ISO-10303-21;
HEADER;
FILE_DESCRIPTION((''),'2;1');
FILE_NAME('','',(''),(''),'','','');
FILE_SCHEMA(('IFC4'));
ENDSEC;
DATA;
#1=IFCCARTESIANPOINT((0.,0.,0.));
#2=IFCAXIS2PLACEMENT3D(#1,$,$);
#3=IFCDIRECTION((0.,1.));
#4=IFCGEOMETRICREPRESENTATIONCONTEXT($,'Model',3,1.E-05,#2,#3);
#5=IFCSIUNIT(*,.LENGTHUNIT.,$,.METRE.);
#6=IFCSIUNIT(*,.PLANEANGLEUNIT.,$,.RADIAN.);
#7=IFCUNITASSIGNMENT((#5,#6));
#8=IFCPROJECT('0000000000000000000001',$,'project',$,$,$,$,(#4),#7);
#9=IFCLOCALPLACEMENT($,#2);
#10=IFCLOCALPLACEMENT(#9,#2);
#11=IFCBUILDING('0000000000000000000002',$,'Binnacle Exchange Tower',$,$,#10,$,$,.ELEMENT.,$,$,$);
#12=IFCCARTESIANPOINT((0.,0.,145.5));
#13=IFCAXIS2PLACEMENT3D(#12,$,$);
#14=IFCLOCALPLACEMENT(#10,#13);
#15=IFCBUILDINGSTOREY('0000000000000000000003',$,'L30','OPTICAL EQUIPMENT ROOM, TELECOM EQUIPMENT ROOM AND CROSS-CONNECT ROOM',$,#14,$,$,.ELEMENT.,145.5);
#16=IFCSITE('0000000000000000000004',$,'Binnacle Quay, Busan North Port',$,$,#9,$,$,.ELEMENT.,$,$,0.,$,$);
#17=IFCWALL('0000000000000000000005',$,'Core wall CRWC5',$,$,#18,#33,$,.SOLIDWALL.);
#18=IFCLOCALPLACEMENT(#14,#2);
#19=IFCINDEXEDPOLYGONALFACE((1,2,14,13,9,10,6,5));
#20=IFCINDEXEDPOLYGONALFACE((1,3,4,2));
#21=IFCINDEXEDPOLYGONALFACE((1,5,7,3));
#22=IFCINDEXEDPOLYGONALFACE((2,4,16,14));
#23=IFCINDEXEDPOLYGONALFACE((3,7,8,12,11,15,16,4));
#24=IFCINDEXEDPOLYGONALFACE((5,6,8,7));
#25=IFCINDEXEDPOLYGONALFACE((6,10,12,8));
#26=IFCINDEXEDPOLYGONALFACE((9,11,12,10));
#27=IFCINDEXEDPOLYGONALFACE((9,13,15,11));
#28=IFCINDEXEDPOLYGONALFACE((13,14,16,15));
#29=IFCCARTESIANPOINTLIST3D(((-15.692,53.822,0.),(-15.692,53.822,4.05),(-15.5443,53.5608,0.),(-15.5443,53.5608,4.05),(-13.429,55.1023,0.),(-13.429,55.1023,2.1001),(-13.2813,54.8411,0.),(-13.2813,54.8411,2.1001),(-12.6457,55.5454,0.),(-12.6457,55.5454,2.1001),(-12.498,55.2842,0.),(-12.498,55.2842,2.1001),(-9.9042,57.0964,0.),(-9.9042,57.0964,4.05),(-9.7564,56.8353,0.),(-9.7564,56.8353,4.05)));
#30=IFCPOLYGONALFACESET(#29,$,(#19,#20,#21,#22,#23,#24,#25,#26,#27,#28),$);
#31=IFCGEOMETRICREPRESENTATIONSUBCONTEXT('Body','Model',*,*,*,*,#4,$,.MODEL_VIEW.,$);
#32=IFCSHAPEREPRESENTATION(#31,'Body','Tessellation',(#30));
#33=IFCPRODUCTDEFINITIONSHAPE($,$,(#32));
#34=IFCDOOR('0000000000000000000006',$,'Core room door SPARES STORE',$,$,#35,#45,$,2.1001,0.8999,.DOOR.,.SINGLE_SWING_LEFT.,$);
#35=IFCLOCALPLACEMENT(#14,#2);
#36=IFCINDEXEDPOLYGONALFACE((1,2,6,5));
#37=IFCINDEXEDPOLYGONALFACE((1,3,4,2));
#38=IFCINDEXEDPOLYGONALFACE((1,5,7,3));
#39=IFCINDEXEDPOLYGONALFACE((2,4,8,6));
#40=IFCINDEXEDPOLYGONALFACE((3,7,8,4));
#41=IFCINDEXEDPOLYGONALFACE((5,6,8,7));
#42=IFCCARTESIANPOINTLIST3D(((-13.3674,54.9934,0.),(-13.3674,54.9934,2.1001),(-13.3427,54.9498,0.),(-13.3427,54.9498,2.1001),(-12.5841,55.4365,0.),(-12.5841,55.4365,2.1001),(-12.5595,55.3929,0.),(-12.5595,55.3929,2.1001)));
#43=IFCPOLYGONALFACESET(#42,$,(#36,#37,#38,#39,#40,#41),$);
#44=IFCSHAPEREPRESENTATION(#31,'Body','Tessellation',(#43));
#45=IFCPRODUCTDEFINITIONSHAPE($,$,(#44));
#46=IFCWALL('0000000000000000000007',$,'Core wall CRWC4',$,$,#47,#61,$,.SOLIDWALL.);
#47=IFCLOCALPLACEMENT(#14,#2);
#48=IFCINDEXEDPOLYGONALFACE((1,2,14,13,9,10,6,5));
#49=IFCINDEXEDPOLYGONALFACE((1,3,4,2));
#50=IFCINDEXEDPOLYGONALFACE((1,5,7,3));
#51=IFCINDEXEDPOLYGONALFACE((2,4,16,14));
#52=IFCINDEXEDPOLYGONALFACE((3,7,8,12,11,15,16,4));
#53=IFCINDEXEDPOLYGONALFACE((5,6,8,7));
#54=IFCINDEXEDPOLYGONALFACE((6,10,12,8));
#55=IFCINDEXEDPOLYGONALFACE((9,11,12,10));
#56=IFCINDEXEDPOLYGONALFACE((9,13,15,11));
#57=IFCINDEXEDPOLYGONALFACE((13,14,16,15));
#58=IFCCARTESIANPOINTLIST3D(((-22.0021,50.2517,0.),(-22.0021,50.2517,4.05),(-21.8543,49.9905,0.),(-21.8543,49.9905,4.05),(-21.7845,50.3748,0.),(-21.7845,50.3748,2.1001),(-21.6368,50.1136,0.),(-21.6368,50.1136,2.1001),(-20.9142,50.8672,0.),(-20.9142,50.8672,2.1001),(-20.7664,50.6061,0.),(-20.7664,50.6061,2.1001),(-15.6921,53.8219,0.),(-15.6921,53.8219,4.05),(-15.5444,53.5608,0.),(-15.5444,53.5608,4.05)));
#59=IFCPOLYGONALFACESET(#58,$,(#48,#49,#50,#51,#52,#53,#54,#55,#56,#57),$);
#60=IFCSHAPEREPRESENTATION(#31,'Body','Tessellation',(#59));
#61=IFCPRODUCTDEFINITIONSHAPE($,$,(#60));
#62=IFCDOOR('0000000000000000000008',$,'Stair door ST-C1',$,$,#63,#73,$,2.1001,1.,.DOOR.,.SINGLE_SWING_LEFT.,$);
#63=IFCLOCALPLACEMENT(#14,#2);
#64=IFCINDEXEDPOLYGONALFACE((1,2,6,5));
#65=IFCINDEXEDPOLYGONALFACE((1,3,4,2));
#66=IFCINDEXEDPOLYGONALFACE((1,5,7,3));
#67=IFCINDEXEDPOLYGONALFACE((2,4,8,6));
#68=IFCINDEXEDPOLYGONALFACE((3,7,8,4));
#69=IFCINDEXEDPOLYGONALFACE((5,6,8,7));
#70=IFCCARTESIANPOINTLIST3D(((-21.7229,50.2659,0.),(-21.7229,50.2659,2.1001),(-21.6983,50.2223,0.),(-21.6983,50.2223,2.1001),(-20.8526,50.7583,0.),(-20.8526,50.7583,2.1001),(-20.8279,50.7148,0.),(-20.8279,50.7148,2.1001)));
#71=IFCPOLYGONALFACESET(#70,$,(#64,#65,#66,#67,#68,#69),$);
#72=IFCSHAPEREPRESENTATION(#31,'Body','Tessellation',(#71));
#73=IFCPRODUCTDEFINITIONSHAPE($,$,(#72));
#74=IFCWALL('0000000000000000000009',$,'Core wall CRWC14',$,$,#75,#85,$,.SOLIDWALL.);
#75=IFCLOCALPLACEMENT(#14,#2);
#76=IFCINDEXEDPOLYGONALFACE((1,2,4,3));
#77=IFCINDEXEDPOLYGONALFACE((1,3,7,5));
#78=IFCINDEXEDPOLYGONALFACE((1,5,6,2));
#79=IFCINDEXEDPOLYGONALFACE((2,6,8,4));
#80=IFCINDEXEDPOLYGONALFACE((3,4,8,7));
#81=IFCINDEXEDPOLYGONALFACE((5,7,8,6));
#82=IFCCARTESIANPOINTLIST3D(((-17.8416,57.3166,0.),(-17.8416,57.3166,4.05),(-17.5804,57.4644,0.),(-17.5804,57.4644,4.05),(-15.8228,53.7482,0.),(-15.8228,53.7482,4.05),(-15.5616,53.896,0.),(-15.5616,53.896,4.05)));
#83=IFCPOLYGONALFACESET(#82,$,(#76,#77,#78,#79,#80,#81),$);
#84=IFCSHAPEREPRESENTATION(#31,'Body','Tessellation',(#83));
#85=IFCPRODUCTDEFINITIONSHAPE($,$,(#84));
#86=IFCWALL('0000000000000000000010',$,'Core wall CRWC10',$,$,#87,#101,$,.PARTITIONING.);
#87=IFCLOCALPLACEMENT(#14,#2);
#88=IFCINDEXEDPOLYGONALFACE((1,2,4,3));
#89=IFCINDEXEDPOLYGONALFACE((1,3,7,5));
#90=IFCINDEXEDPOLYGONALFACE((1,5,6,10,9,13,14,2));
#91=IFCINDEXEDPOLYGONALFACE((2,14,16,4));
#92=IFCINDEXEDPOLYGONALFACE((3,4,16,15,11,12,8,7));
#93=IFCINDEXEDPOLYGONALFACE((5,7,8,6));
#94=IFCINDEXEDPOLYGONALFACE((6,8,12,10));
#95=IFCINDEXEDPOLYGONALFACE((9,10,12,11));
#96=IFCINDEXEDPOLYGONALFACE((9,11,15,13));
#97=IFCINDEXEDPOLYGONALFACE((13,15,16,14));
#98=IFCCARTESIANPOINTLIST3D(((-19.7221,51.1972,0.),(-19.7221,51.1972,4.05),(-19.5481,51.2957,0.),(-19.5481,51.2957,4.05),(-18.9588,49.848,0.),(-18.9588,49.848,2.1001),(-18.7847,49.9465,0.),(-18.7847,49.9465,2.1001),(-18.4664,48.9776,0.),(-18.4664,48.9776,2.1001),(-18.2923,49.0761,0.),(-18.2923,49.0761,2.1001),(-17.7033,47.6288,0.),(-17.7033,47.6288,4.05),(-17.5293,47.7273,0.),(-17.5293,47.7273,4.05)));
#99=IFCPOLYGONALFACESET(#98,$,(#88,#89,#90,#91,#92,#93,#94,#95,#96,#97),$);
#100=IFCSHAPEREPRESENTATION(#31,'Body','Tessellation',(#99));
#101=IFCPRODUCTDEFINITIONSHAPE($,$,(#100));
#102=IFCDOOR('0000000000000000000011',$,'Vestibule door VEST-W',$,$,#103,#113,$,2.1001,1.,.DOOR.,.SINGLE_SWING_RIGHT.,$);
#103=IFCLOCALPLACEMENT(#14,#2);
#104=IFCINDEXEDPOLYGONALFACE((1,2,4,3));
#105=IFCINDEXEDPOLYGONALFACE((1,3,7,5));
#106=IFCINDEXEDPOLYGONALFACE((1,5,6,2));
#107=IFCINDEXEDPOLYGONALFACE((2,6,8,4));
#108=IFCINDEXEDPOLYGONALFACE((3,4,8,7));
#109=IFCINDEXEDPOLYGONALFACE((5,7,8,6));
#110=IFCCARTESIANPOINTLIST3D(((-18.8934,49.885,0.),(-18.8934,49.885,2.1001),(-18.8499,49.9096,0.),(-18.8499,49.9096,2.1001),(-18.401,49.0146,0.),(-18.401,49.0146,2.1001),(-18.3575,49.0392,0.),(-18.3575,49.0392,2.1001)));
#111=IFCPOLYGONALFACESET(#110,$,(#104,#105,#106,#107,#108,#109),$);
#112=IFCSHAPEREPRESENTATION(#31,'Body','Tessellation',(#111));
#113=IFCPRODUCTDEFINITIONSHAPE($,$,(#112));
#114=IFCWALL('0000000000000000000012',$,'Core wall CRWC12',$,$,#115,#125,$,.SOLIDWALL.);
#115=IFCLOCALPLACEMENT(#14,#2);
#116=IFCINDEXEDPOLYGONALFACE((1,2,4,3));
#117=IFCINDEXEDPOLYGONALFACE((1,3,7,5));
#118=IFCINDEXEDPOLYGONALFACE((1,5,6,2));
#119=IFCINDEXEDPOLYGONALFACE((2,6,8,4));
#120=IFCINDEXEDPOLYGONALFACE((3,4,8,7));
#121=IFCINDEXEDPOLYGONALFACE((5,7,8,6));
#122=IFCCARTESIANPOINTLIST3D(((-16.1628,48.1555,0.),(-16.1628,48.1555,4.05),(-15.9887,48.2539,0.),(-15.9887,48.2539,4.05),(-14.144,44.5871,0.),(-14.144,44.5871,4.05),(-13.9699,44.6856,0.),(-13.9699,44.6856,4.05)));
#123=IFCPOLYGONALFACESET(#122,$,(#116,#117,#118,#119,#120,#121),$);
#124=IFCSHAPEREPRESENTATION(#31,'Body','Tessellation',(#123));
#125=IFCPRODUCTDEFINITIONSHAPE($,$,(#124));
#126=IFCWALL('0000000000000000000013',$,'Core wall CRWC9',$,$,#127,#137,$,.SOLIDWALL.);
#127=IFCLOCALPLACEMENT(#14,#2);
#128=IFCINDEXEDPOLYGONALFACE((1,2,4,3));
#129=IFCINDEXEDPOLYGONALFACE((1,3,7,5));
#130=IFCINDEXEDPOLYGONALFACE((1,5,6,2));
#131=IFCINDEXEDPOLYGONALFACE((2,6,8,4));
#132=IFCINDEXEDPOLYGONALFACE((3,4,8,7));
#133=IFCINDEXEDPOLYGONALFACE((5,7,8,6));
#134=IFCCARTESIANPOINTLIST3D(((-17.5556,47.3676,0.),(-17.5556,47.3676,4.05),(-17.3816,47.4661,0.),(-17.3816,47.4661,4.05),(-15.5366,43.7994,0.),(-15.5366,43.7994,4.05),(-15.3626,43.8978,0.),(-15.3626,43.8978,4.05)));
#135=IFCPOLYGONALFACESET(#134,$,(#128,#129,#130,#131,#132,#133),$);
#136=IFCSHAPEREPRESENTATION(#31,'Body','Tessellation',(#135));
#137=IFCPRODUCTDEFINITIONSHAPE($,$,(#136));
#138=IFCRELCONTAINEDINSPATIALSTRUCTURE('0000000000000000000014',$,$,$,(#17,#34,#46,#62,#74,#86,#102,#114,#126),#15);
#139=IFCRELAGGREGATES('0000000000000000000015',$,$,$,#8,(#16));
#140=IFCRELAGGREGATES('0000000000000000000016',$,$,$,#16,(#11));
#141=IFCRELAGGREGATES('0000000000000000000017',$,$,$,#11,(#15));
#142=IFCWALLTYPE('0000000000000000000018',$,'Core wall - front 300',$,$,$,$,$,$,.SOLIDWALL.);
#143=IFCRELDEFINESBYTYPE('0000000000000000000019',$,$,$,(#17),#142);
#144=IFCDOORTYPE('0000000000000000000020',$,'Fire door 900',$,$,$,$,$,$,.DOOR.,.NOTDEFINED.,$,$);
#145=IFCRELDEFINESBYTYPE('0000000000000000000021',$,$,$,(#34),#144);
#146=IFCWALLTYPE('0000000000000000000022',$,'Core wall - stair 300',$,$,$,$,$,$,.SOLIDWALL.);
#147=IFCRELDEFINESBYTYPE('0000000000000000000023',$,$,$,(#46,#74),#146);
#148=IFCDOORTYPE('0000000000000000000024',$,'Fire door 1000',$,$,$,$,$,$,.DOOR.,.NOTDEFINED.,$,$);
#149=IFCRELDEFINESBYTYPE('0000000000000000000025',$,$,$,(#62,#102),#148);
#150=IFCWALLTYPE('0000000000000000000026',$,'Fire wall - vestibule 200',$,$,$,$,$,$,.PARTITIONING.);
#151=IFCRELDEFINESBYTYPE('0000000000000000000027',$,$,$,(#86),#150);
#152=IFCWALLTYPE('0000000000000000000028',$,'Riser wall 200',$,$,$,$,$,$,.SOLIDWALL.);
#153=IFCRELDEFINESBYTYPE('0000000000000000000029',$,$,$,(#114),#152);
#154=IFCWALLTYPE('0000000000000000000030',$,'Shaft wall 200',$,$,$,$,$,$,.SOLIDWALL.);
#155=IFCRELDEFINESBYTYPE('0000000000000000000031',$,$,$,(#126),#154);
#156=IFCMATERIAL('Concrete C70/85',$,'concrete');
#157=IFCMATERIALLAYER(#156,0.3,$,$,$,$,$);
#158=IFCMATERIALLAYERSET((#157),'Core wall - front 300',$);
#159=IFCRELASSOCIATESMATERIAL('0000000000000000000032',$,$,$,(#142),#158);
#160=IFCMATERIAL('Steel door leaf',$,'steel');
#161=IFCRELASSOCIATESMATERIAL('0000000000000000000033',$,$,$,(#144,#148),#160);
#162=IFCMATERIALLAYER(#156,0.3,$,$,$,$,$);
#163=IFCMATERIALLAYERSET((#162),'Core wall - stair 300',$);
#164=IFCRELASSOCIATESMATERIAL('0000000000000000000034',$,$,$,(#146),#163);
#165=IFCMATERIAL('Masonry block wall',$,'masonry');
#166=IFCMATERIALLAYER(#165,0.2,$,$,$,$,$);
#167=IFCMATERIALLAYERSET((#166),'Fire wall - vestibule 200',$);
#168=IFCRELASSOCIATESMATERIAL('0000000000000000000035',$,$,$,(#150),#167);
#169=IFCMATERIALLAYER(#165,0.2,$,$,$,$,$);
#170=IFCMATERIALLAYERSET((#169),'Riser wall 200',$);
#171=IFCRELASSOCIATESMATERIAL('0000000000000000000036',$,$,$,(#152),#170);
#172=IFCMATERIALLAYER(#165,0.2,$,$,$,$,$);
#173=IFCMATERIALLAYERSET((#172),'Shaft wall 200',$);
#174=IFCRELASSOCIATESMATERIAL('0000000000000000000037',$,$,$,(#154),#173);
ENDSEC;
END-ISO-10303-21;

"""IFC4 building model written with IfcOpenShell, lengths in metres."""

from ifc_helpers import new_model, si_unit, direction, frame, frame_2d, origin, place, context, subcontext, project, spatial, rectangle, extrude, material, layer, layer_set, type_object, element, fill, save


model = new_model("IFC4")

# Units and contexts
model_context = context("Model", 3, precision=1e-05, world=origin(), true_north=direction((0.0, 1.0)))
body_context = subcontext(model_context, "Body", "Model", "MODEL_VIEW")
ifc_project = project(units=[si_unit("LENGTHUNIT", "METRE"), si_unit("PLANEANGLEUNIT", "RADIAN")], contexts=[model_context])

# Site, building, storey
site_placement = place(None, origin())
site = spatial("IfcSite", under=ifc_project, at=site_placement, Name="Binnacle Quay, Busan North Port", CompositionType="ELEMENT", RefElevation=0.0)
building_placement = place(site_placement, origin())
building = spatial("IfcBuilding", under=site, at=building_placement, Name="Binnacle Exchange Tower", CompositionType="ELEMENT")
storey_placement = place(building_placement, frame((0.0, 0.0, 145.5)))
storey = spatial("IfcBuildingStorey", under=building, at=storey_placement, Name="L30", Description="OPTICAL EQUIPMENT ROOM, TELECOM EQUIPMENT ROOM AND CROSS-CONNECT ROOM", CompositionType="ELEMENT", Elevation=145.5)

# Shared definitions
ifc_material_1 = material(Name="Concrete C70/85", Category="concrete")

# Shared definitions
ifc_layer_1 = layer(ifc_material_1, 0.3)
ifc_layer_set_1 = layer_set([ifc_layer_1], Name="Core wall - front 300")
wall_type_1 = type_object("IfcWallType", Name="Core wall - front 300", PredefinedType="SOLIDWALL", material=ifc_layer_set_1)
ifc_material_2 = material(Name="Steel door leaf", Category="steel")
door_type_1 = type_object("IfcDoorType", Name="Fire door 900", OperationType="NOTDEFINED", PredefinedType="DOOR", material=ifc_material_2)

# Walls, openings, doors
wall_1_placement = place(storey_placement, frame((-15.6182, 53.6914, 0.0), z_axis=(0.0, 0.0, 1.0), x_axis=(0.870368, 0.492402, 0.0)))
wall_1 = element("IfcWall", 1, at=wall_1_placement, inside=storey, type_object=wall_type_1, Name="Core wall CRWC5", PredefinedType="SOLIDWALL", context=body_context, shape_type="SweptSolid", body=[
    extrude(rectangle(XDim=6.6499, YDim=0.3, at=frame_2d((3.325, 0.0))), origin(), (0.0, 0.0, 1.0), 4.05),
])
opening_1_placement = place(wall_1_placement, frame((2.6001, 0.0, 0.0)))
opening_1 = element("IfcOpeningElement", 2, at=opening_1_placement, cuts=wall_1, PredefinedType="OPENING", context=body_context, shape_type="SweptSolid", body=[
    extrude(rectangle(XDim=0.8999, YDim=2.1001, at=frame_2d((0.45, 1.05))), frame((0.0, 0.1599, 0.0), z_axis=(0.0, -1.0, 0.0), x_axis=(1.0, 0.0, 0.0)), (0.0, 0.0, 1.0), 0.3201),
])
door_1_placement = place(opening_1_placement, origin())
door_1 = element("IfcDoor", 3, at=door_1_placement, inside=storey, type_object=door_type_1, Name="Core room door SPARES STORE", OperationType="SINGLE_SWING_LEFT", OverallHeight=2.1001, OverallWidth=0.8999, PredefinedType="DOOR", context=body_context, shape_type="SweptSolid", body=[
    extrude(rectangle(XDim=0.8999, YDim=2.1001, at=frame_2d((0.45, 1.05))), frame((0.0, 0.0249, 0.0), z_axis=(0.0, -1.0, 0.0), x_axis=(1.0, 0.0, 0.0)), (0.0, 0.0, 1.0), 0.05),
])
fill(opening_1, door_1)
ifc_layer_2 = layer(ifc_material_1, 0.3)
ifc_layer_set_2 = layer_set([ifc_layer_2], Name="Core wall - stair 300")
wall_type_2 = type_object("IfcWallType", Name="Core wall - stair 300", PredefinedType="SOLIDWALL", material=ifc_layer_set_2)
wall_2_placement = place(storey_placement, frame((-21.9282, 50.1211, 0.0), z_axis=(0.0, 0.0, 1.0), x_axis=(0.870341, 0.49245, 0.0)))
wall_2 = element("IfcWall", 4, at=wall_2_placement, inside=storey, type_object=wall_type_2, Name="Core wall CRWC4", PredefinedType="SOLIDWALL", context=body_context, shape_type="SweptSolid", body=[
    extrude(rectangle(XDim=7.25, YDim=0.3, at=frame_2d((3.625, 0.0))), origin(), (0.0, 0.0, 1.0), 4.05),
])
opening_2_placement = place(wall_2_placement, frame((0.25, 0.0, 0.0)))
opening_2 = element("IfcOpeningElement", 5, at=opening_2_placement, cuts=wall_2, PredefinedType="OPENING", context=body_context, shape_type="SweptSolid", body=[
    extrude(rectangle(XDim=1.0, YDim=2.1001, at=frame_2d((0.5, 1.05))), frame((0.0, 0.1599, 0.0), z_axis=(0.0, -1.0, 0.0), x_axis=(1.0, 0.0, 0.0)), (0.0, 0.0, 1.0), 0.3201),
])
door_type_2 = type_object("IfcDoorType", Name="Fire door 1000", OperationType="NOTDEFINED", PredefinedType="DOOR", material=ifc_material_2)
door_2_placement = place(opening_2_placement, origin())
door_2 = element("IfcDoor", 6, at=door_2_placement, inside=storey, type_object=door_type_2, Name="Stair door ST-C1", OperationType="SINGLE_SWING_LEFT", OverallHeight=2.1001, OverallWidth=1.0, PredefinedType="DOOR", context=body_context, shape_type="SweptSolid", body=[
    extrude(rectangle(XDim=1.0, YDim=2.1001, at=frame_2d((0.5, 1.05))), frame((0.0, 0.0249, 0.0), z_axis=(0.0, -1.0, 0.0), x_axis=(1.0, 0.0, 0.0)), (0.0, 0.0, 1.0), 0.05),
])
fill(opening_2, door_2)

# Wall
wall_3_placement = place(storey_placement, frame((-17.7109, 57.3904, 0.0), z_axis=(0.0, 0.0, 1.0), x_axis=(0.492408, -0.870364, 0.0)))
element("IfcWall", 7, at=wall_3_placement, inside=storey, type_object=wall_type_2, Name="Core wall CRWC14", PredefinedType="SOLIDWALL", context=body_context, shape_type="SweptSolid", body=[
    extrude(rectangle(XDim=4.0999, YDim=0.3, at=frame_2d((2.0498, 0.0))), origin(), (0.0, 0.0, 1.0), 4.05),
])

# Wall, opening, door
ifc_material_3 = material(Name="Masonry block wall", Category="masonry")
ifc_layer_3 = layer(ifc_material_3, 0.2)
ifc_layer_set_3 = layer_set([ifc_layer_3], Name="Fire wall - vestibule 200")
wall_type_3 = type_object("IfcWallType", Name="Fire wall - vestibule 200", PredefinedType="PARTITIONING", material=ifc_layer_set_3)
wall_4_placement = place(storey_placement, frame((-19.635, 51.2463, 0.0), z_axis=(0.0, 0.0, 1.0), x_axis=(0.492408, -0.870364, 0.0)))
wall_4 = element("IfcWall", 8, at=wall_4_placement, inside=storey, type_object=wall_type_3, Name="Core wall CRWC10", PredefinedType="PARTITIONING", context=body_context, shape_type="SweptSolid", body=[
    extrude(rectangle(XDim=4.0999, YDim=0.2, at=frame_2d((2.0498, 0.0))), origin(), (0.0, 0.0, 1.0), 4.05),
])
opening_3_placement = place(wall_4_placement, frame((1.55, 0.0, 0.0)))
opening_3 = element("IfcOpeningElement", 9, at=opening_3_placement, cuts=wall_4, PredefinedType="OPENING", context=body_context, shape_type="SweptSolid", body=[
    extrude(rectangle(XDim=1.0, YDim=2.1001, at=frame_2d((0.5, 1.05))), frame((0.0, 0.1099, 0.0), z_axis=(0.0, -1.0, 0.0), x_axis=(1.0, 0.0, 0.0)), (0.0, 0.0, 1.0), 0.22),
])
door_3_placement = place(opening_3_placement, frame((1.0, 0.0, 0.0), z_axis=(0.0, 0.0, 1.0), x_axis=(-1.0, 0.0, 0.0)))
door_3 = element("IfcDoor", 10, at=door_3_placement, inside=storey, type_object=door_type_2, Name="Vestibule door VEST-W", OperationType="SINGLE_SWING_RIGHT", OverallHeight=2.1001, OverallWidth=1.0, PredefinedType="DOOR", context=body_context, shape_type="SweptSolid", body=[
    extrude(rectangle(XDim=1.0, YDim=2.1001, at=frame_2d((0.5, 1.05))), frame((0.0, 0.0249, 0.0), z_axis=(0.0, -1.0, 0.0), x_axis=(1.0, 0.0, 0.0)), (0.0, 0.0, 1.0), 0.05),
])
fill(opening_3, door_3)

# Walls
ifc_layer_4 = layer(ifc_material_3, 0.2)
ifc_layer_set_4 = layer_set([ifc_layer_4], Name="Riser wall 200")
wall_type_4 = type_object("IfcWallType", Name="Riser wall 200", PredefinedType="SOLIDWALL", material=ifc_layer_set_4)
wall_5_placement = place(storey_placement, frame((-16.0757, 48.2046, 0.0), z_axis=(0.0, 0.0, 1.0), x_axis=(0.492408, -0.870364, 0.0)))
element("IfcWall", 11, at=wall_5_placement, inside=storey, type_object=wall_type_4, Name="Core wall CRWC12", PredefinedType="SOLIDWALL", context=body_context, shape_type="SweptSolid", body=[
    extrude(rectangle(XDim=4.0999, YDim=0.2, at=frame_2d((2.0498, 0.0))), origin(), (0.0, 0.0, 1.0), 4.05),
])
ifc_layer_5 = layer(ifc_material_3, 0.2)
ifc_layer_set_5 = layer_set([ifc_layer_5], Name="Shaft wall 200")
wall_type_5 = type_object("IfcWallType", Name="Shaft wall 200", PredefinedType="SOLIDWALL", material=ifc_layer_set_5)
wall_6_placement = place(storey_placement, frame((-17.4685, 47.4167, 0.0), z_axis=(0.0, 0.0, 1.0), x_axis=(0.492454, -0.870339, 0.0)))
element("IfcWall", 12, at=wall_6_placement, inside=storey, type_object=wall_type_5, Name="Core wall CRWC9", PredefinedType="SOLIDWALL", context=body_context, shape_type="SweptSolid", body=[
    extrude(rectangle(XDim=4.0999, YDim=0.2, at=frame_2d((2.0498, 0.0))), origin(), (0.0, 0.0, 1.0), 4.05),
])

save(model, "model.ifc")
